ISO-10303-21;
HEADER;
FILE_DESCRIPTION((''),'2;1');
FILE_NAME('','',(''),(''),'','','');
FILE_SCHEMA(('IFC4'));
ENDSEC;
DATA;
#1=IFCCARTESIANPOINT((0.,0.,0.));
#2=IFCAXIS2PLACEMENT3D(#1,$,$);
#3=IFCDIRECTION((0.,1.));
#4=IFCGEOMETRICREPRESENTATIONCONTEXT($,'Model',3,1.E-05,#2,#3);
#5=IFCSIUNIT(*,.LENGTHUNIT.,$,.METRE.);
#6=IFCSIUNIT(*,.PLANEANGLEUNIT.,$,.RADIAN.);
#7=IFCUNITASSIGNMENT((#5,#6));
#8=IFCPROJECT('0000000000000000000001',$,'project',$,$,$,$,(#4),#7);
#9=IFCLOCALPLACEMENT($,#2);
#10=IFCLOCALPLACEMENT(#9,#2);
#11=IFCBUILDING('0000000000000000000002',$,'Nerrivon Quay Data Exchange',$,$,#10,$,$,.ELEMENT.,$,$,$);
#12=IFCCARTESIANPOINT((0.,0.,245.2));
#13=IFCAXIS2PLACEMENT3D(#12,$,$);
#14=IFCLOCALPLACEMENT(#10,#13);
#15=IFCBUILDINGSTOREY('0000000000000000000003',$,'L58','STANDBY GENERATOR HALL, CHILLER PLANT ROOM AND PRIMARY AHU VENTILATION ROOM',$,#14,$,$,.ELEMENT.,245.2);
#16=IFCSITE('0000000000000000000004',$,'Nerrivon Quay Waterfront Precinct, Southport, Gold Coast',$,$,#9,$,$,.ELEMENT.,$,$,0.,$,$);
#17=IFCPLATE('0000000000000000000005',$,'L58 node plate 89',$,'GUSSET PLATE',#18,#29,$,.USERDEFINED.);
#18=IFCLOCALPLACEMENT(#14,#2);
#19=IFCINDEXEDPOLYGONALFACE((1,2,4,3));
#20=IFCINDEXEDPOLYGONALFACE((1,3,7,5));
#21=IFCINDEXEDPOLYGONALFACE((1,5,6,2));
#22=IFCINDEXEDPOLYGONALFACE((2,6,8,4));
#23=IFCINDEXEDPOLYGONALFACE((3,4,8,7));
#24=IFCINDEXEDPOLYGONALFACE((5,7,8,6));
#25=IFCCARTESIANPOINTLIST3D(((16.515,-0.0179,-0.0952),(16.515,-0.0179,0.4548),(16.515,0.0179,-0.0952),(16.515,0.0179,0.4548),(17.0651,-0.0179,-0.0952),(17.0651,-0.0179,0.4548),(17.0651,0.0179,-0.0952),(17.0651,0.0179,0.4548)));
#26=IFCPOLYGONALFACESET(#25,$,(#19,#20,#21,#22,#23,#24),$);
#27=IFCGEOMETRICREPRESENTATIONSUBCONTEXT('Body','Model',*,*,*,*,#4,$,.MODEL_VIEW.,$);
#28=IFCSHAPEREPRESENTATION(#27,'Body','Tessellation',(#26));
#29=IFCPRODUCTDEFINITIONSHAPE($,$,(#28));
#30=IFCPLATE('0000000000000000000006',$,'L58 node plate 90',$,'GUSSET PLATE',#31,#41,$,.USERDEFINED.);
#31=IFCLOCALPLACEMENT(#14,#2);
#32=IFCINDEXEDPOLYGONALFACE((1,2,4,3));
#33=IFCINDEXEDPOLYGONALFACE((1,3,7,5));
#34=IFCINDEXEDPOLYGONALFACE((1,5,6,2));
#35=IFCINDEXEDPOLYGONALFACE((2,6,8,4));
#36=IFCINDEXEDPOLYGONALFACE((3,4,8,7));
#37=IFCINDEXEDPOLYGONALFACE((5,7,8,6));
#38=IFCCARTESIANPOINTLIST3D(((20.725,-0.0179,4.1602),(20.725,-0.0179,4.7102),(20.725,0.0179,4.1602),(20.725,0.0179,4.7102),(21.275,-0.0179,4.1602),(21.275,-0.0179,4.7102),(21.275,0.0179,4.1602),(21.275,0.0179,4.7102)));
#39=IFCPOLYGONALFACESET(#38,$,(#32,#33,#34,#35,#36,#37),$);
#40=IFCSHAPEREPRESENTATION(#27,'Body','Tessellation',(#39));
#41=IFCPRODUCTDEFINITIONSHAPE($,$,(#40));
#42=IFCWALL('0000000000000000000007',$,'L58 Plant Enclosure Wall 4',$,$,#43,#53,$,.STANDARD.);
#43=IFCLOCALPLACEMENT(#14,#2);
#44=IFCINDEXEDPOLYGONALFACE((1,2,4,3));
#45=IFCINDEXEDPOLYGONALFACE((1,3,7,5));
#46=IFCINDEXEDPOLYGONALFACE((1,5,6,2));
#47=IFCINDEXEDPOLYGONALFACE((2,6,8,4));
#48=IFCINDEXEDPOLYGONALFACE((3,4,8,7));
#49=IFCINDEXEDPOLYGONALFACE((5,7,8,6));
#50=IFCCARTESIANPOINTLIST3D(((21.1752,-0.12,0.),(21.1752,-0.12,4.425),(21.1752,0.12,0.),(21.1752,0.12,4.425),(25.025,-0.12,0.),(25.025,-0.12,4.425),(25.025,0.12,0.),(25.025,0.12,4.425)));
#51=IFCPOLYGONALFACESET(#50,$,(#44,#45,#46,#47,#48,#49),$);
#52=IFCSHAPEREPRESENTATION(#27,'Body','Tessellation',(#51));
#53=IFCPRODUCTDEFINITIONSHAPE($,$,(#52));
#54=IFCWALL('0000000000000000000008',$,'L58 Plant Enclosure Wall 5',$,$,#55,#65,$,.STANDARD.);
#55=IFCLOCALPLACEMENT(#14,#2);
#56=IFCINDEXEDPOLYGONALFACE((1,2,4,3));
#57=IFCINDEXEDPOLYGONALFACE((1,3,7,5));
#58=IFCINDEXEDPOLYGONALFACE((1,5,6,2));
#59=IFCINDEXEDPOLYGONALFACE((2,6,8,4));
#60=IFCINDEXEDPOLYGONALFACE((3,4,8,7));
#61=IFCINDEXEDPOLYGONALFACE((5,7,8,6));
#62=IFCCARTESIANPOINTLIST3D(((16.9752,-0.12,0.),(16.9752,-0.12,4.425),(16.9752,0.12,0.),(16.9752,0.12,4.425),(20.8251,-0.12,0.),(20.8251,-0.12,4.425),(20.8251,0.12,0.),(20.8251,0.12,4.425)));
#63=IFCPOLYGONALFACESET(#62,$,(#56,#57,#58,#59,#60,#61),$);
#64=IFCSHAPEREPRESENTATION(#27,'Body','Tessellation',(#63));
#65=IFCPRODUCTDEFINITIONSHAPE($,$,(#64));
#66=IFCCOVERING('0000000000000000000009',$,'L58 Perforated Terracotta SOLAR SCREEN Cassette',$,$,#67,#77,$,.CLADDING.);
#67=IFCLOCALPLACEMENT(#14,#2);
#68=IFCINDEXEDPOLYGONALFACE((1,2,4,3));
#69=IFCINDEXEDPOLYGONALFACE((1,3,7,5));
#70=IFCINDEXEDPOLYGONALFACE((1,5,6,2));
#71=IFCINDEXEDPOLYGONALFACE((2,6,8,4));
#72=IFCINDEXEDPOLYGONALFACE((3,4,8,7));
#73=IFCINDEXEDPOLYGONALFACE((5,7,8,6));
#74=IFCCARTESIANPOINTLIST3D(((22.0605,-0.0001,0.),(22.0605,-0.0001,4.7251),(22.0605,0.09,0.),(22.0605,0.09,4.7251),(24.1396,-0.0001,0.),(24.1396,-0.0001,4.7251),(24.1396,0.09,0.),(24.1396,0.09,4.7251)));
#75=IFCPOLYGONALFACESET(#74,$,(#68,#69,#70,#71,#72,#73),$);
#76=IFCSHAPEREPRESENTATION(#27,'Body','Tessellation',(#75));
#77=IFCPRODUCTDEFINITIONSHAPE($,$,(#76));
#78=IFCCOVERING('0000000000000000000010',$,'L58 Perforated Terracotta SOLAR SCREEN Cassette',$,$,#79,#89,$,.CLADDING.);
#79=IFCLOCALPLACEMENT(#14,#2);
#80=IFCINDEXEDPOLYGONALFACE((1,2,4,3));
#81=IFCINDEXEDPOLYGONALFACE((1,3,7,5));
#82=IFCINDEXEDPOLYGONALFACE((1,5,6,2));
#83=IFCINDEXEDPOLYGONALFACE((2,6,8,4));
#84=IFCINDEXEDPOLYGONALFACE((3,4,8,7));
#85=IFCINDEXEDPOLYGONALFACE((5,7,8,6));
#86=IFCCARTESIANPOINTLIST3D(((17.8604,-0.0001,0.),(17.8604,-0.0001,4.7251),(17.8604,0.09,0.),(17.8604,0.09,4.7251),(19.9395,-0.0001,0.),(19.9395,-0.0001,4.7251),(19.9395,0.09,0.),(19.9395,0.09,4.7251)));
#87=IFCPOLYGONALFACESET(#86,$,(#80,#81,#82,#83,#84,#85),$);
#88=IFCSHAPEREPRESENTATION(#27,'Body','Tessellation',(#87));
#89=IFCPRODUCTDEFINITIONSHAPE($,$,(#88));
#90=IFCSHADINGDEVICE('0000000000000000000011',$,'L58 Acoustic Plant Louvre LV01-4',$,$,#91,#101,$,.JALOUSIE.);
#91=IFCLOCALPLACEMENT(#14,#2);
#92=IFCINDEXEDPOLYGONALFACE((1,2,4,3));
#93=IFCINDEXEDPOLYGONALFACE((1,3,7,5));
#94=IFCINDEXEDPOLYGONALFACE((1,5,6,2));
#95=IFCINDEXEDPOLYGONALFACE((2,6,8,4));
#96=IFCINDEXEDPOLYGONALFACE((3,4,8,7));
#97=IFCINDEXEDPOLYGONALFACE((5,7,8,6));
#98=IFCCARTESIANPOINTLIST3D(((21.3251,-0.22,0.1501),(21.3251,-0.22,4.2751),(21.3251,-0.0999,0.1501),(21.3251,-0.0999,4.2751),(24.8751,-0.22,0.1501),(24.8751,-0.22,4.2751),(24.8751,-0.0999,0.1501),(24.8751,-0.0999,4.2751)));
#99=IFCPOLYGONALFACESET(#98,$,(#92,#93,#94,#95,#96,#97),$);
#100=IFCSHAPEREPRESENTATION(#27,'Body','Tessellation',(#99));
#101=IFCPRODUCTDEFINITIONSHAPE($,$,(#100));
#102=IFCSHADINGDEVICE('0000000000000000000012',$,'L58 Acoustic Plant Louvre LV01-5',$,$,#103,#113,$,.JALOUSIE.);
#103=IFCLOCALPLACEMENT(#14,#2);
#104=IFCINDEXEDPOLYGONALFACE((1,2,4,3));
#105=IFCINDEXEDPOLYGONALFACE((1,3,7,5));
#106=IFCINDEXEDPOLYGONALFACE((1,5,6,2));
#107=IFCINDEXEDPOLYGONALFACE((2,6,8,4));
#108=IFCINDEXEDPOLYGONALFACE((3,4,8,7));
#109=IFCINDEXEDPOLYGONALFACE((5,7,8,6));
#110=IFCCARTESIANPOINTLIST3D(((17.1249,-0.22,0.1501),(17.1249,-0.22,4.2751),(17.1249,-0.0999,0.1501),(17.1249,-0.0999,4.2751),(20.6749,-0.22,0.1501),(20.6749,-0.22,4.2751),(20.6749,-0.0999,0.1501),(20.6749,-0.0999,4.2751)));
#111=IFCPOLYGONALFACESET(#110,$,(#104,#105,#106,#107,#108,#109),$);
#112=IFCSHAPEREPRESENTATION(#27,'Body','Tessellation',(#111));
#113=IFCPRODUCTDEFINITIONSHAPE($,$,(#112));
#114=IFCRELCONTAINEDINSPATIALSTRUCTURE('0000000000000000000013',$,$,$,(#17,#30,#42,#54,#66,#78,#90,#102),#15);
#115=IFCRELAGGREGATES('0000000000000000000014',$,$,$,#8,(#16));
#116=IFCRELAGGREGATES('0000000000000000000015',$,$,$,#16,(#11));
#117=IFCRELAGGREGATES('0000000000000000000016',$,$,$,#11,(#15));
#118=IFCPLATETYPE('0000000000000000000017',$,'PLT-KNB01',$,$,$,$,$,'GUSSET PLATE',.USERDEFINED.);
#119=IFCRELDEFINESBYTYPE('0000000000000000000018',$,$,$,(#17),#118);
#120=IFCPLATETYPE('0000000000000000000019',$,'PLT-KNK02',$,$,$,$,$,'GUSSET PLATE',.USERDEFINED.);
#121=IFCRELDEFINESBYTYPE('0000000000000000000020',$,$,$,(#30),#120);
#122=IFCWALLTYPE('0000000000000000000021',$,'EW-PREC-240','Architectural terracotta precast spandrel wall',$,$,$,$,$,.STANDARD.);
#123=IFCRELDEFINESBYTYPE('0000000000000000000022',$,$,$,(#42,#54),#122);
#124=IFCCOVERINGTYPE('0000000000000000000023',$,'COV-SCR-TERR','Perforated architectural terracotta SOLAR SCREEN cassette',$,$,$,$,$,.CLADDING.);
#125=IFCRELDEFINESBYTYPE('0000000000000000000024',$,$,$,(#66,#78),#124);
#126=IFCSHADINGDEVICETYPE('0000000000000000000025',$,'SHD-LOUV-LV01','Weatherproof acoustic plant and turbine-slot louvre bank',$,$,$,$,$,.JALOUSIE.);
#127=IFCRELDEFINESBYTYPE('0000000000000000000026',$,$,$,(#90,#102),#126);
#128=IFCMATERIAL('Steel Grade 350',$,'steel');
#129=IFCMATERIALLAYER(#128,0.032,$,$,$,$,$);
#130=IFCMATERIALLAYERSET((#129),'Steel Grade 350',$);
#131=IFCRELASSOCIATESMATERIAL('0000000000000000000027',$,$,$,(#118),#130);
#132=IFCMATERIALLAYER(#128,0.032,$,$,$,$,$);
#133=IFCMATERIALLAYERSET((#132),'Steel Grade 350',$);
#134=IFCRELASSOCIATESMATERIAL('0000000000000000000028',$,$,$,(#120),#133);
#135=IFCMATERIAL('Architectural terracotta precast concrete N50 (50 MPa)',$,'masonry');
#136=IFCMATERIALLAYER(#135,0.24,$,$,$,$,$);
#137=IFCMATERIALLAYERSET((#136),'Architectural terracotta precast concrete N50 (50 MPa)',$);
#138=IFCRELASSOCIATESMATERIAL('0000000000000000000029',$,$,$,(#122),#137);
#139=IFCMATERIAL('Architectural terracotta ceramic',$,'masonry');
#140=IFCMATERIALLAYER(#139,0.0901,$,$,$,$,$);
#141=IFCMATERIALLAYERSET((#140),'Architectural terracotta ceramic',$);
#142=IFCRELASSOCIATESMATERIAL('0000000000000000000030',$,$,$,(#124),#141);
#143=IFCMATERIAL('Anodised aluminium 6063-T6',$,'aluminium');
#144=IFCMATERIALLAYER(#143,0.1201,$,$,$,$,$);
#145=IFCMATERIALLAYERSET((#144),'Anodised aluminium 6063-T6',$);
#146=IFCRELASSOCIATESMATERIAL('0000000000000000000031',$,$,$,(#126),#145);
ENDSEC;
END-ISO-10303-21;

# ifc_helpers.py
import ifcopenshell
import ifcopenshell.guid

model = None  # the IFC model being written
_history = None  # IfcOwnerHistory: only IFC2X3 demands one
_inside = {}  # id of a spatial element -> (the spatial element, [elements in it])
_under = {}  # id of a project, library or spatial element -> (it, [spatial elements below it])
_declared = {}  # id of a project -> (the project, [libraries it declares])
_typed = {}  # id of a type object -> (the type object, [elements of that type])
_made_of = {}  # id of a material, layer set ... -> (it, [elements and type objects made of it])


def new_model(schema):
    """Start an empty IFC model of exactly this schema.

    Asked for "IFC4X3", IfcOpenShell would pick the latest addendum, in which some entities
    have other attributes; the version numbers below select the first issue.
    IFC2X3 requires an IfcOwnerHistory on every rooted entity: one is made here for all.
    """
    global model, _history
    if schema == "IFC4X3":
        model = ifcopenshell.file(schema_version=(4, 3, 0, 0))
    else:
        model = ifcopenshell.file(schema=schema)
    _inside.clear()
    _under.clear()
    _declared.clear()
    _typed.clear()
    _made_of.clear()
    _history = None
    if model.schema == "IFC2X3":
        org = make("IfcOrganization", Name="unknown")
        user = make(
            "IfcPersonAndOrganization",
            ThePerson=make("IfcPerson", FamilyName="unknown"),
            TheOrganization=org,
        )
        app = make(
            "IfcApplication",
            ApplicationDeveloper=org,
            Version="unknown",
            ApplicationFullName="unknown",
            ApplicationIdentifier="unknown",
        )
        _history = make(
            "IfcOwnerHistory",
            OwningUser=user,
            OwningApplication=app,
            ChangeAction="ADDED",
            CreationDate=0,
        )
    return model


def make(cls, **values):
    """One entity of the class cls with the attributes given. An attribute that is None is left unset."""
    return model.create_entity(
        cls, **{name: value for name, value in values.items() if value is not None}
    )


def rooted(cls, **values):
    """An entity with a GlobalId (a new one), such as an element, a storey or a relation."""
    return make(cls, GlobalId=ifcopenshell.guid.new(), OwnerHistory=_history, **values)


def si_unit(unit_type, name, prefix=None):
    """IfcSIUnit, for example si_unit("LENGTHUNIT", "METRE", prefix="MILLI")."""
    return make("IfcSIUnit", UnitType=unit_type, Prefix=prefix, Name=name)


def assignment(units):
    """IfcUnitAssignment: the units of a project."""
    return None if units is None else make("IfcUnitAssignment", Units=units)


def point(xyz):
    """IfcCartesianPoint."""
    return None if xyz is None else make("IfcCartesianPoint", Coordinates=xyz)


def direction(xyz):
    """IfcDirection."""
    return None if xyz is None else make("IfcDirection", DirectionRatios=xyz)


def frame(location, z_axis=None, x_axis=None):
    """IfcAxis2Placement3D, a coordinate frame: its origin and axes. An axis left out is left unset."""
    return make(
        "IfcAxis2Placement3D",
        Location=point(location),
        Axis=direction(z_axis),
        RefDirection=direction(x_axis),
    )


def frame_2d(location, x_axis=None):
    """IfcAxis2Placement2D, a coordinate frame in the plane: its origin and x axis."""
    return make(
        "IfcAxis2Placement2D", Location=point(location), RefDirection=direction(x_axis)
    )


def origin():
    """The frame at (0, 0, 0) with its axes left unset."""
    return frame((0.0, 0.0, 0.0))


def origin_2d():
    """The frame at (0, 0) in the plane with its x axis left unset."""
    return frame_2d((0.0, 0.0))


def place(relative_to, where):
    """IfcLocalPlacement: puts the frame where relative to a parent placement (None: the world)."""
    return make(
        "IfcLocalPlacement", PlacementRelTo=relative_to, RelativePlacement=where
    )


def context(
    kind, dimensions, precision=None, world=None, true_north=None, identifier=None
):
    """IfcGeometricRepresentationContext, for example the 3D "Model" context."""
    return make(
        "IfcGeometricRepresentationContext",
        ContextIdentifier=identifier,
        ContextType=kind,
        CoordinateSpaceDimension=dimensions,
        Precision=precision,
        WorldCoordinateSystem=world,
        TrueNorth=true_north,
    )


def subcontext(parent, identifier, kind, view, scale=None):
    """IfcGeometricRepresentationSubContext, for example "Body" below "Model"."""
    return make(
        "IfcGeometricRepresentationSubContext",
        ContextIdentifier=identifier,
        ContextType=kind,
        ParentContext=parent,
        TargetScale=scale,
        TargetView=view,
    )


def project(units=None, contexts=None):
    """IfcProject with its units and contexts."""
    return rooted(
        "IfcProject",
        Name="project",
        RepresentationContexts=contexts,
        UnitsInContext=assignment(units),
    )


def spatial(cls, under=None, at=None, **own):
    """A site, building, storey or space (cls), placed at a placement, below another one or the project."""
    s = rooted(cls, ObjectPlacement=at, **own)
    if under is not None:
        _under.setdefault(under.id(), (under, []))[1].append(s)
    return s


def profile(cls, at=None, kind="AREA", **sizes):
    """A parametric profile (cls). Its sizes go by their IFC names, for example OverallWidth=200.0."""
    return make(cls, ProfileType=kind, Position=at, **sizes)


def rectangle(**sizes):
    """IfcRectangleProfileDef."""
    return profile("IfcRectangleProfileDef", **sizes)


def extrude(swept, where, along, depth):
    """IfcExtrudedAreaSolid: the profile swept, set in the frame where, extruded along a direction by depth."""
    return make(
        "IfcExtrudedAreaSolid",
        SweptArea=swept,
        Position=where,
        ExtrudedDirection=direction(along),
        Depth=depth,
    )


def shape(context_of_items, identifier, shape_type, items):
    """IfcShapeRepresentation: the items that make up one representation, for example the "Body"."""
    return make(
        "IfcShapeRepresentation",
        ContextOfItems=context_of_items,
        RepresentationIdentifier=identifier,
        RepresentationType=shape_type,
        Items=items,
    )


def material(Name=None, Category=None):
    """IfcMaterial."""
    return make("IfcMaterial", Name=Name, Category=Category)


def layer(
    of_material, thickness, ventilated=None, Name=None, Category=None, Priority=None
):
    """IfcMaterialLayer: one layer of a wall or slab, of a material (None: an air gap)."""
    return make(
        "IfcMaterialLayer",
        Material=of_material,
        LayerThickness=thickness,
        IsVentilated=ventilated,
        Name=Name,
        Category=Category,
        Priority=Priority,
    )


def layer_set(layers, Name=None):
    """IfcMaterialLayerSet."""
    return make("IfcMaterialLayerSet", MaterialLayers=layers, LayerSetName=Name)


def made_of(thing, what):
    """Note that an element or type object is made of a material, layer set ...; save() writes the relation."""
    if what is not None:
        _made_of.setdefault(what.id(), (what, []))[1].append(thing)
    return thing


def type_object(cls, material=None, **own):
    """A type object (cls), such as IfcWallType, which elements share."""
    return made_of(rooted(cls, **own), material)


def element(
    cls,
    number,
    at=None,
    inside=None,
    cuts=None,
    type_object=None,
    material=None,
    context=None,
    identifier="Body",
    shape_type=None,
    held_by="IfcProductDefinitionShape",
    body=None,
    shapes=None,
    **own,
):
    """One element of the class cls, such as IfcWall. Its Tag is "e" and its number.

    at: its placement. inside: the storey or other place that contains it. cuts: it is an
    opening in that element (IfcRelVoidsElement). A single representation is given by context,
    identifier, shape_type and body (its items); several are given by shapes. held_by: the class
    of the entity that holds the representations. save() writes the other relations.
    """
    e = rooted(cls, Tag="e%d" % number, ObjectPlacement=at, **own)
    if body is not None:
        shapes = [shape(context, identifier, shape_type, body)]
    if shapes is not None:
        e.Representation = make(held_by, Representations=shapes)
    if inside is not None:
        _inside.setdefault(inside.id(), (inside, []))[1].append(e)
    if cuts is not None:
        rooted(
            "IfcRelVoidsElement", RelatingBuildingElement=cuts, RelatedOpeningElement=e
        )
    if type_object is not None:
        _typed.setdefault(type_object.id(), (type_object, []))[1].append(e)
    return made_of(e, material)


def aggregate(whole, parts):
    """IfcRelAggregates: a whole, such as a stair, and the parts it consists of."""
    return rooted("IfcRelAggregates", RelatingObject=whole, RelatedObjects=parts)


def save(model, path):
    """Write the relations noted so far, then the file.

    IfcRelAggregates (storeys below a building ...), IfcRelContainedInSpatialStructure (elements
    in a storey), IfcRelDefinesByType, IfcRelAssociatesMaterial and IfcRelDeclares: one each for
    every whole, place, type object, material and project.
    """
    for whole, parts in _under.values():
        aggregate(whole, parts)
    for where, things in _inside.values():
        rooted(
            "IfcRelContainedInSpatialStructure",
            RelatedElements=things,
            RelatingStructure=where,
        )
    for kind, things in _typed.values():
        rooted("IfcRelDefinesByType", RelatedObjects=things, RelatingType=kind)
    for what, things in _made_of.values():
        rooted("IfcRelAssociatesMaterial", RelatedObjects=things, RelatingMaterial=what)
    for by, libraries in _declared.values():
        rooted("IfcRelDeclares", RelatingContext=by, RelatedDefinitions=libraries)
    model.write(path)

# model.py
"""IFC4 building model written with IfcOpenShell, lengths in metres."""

from ifc_helpers import new_model, si_unit, direction, frame, frame_2d, origin, origin_2d, place, context, subcontext, project, spatial, rectangle, extrude, material, layer, layer_set, type_object, element, save


model = new_model("IFC4")

# Units and contexts
model_context = context("Model", 3, precision=1e-05, world=origin(), true_north=direction((0.0, 1.0)))
body_context = subcontext(model_context, "Body", "Model", "MODEL_VIEW")
ifc_project = project(units=[si_unit("LENGTHUNIT", "METRE"), si_unit("PLANEANGLEUNIT", "RADIAN")], contexts=[model_context])

# Site, building, storey
site_placement = place(None, origin())
site = spatial("IfcSite", under=ifc_project, at=site_placement, Name="Nerrivon Quay Waterfront Precinct, Southport, Gold Coast", CompositionType="ELEMENT", RefElevation=0.0)
building_placement = place(site_placement, origin())
building = spatial("IfcBuilding", under=site, at=building_placement, Name="Nerrivon Quay Data Exchange", CompositionType="ELEMENT")
storey_placement = place(building_placement, frame((0.0, 0.0, 245.2)))
storey = spatial("IfcBuildingStorey", under=building, at=storey_placement, Name="L58", Description="STANDBY GENERATOR HALL, CHILLER PLANT ROOM AND PRIMARY AHU VENTILATION ROOM", CompositionType="ELEMENT", Elevation=245.2)

# Shared definitions
ifc_material_1 = material(Name="Steel Grade 350", Category="steel")

# Plates
ifc_layer_1 = layer(ifc_material_1, 0.032)
ifc_layer_set_1 = layer_set([ifc_layer_1], Name="Steel Grade 350")
plate_type_1 = type_object("IfcPlateType", Name="PLT-KNB01", ElementType="GUSSET PLATE", PredefinedType="USERDEFINED", material=ifc_layer_set_1)
plate_1_placement = place(storey_placement, frame((16.79, 0.0, -0.0952), z_axis=(0.0, 0.0, 1.0), x_axis=(1.0, 0.0, 0.0)))
element("IfcPlate", 1, at=plate_1_placement, inside=storey, type_object=plate_type_1, Name="L58 node plate 89", ObjectType="GUSSET PLATE", PredefinedType="USERDEFINED", context=body_context, shape_type="SweptSolid", body=[
    extrude(rectangle(XDim=0.55, YDim=0.0359, at=origin_2d()), origin(), (0.0, 0.0, 1.0), 0.55),
])
ifc_layer_2 = layer(ifc_material_1, 0.032)
ifc_layer_set_2 = layer_set([ifc_layer_2], Name="Steel Grade 350")
plate_type_2 = type_object("IfcPlateType", Name="PLT-KNK02", ElementType="GUSSET PLATE", PredefinedType="USERDEFINED", material=ifc_layer_set_2)
plate_2_placement = place(storey_placement, frame((21.0, 0.0, 4.1602), z_axis=(0.0, 0.0, 1.0), x_axis=(1.0, 0.0, 0.0)))
element("IfcPlate", 2, at=plate_2_placement, inside=storey, type_object=plate_type_2, Name="L58 node plate 90", ObjectType="GUSSET PLATE", PredefinedType="USERDEFINED", context=body_context, shape_type="SweptSolid", body=[
    extrude(rectangle(XDim=0.55, YDim=0.0359, at=origin_2d()), origin(), (0.0, 0.0, 1.0), 0.55),
])

# Walls
ifc_material_2 = material(Name="Architectural terracotta precast concrete N50 (50 MPa)", Category="masonry")
ifc_layer_3 = layer(ifc_material_2, 0.24)
ifc_layer_set_3 = layer_set([ifc_layer_3], Name="Architectural terracotta precast concrete N50 (50 MPa)")
wall_type = type_object("IfcWallType", Name="EW-PREC-240", Description="Architectural terracotta precast spandrel wall", PredefinedType="STANDARD", material=ifc_layer_set_3)
for number, where, z_axis, x_axis, name in (
    (3, (25.0249, 0.0, 0.0), (0.0, 0.0, 1.0), (-1.0, 0.0, 0.0), "L58 Plant Enclosure Wall 4"),
    (4, (20.825, 0.0, 0.0), (0.0, 0.0, 1.0), (-1.0, 0.0, 0.0), "L58 Plant Enclosure Wall 5"),
):
    element("IfcWall", number, at=place(storey_placement, frame(where, z_axis=z_axis, x_axis=x_axis)), inside=storey, type_object=wall_type, Name=name, PredefinedType="STANDARD", context=body_context, shape_type="SweptSolid", body=[
        extrude(rectangle(XDim=3.8499, YDim=0.24, at=frame_2d((1.9248, 0.0))), origin(), (0.0, 0.0, 1.0), 4.425),
    ])

# Coverings
ifc_material_3 = material(Name="Architectural terracotta ceramic", Category="masonry")
ifc_layer_4 = layer(ifc_material_3, 0.0901)
ifc_layer_set_4 = layer_set([ifc_layer_4], Name="Architectural terracotta ceramic")
covering_type = type_object("IfcCoveringType", Name="COV-SCR-TERR", Description="Perforated architectural terracotta SOLAR SCREEN cassette", PredefinedType="CLADDING", material=ifc_layer_set_4)
for number, where, z_axis, x_axis, name in (
    (5, (23.1001, 0.0449, 0.0), (0.0, 0.0, 1.0), (-1.0, 0.0, 0.0), "L58 Perforated Terracotta SOLAR SCREEN Cassette"),
    (6, (18.8999, 0.0449, 0.0), (0.0, 0.0, 1.0), (-1.0, 0.0, 0.0), "L58 Perforated Terracotta SOLAR SCREEN Cassette"),
):
    element("IfcCovering", number, at=place(storey_placement, frame(where, z_axis=z_axis, x_axis=x_axis)), inside=storey, type_object=covering_type, Name=name, PredefinedType="CLADDING", context=body_context, shape_type="SweptSolid", body=[
        extrude(rectangle(XDim=2.0791, YDim=0.0901, at=origin_2d()), origin(), (0.0, 0.0, 1.0), 4.7251),
    ])

# Shading devices
ifc_material_4 = material(Name="Anodised aluminium 6063-T6", Category="aluminium")
ifc_layer_5 = layer(ifc_material_4, 0.1201)
ifc_layer_set_5 = layer_set([ifc_layer_5], Name="Anodised aluminium 6063-T6")
shading_device_type = type_object("IfcShadingDeviceType", Name="SHD-LOUV-LV01", Description="Weatherproof acoustic plant and turbine-slot louvre bank", PredefinedType="JALOUSIE", material=ifc_layer_set_5)
for number, where, z_axis, x_axis, name in (
    (7, (23.1001, -0.1599, 0.1501), (0.0, 0.0, 1.0), (-1.0, 0.0, 0.0), "L58 Acoustic Plant Louvre LV01-4"),
    (8, (18.8999, -0.1599, 0.1501), (0.0, 0.0, 1.0), (-1.0, 0.0, 0.0), "L58 Acoustic Plant Louvre LV01-5"),
):
    element("IfcShadingDevice", number, at=place(storey_placement, frame(where, z_axis=z_axis, x_axis=x_axis)), inside=storey, type_object=shading_device_type, Name=name, PredefinedType="JALOUSIE", context=body_context, shape_type="SweptSolid", body=[
        extrude(rectangle(XDim=3.55, YDim=0.1201, at=origin_2d()), origin(), (0.0, 0.0, 1.0), 4.125),
    ])

save(model, "model.ifc")
